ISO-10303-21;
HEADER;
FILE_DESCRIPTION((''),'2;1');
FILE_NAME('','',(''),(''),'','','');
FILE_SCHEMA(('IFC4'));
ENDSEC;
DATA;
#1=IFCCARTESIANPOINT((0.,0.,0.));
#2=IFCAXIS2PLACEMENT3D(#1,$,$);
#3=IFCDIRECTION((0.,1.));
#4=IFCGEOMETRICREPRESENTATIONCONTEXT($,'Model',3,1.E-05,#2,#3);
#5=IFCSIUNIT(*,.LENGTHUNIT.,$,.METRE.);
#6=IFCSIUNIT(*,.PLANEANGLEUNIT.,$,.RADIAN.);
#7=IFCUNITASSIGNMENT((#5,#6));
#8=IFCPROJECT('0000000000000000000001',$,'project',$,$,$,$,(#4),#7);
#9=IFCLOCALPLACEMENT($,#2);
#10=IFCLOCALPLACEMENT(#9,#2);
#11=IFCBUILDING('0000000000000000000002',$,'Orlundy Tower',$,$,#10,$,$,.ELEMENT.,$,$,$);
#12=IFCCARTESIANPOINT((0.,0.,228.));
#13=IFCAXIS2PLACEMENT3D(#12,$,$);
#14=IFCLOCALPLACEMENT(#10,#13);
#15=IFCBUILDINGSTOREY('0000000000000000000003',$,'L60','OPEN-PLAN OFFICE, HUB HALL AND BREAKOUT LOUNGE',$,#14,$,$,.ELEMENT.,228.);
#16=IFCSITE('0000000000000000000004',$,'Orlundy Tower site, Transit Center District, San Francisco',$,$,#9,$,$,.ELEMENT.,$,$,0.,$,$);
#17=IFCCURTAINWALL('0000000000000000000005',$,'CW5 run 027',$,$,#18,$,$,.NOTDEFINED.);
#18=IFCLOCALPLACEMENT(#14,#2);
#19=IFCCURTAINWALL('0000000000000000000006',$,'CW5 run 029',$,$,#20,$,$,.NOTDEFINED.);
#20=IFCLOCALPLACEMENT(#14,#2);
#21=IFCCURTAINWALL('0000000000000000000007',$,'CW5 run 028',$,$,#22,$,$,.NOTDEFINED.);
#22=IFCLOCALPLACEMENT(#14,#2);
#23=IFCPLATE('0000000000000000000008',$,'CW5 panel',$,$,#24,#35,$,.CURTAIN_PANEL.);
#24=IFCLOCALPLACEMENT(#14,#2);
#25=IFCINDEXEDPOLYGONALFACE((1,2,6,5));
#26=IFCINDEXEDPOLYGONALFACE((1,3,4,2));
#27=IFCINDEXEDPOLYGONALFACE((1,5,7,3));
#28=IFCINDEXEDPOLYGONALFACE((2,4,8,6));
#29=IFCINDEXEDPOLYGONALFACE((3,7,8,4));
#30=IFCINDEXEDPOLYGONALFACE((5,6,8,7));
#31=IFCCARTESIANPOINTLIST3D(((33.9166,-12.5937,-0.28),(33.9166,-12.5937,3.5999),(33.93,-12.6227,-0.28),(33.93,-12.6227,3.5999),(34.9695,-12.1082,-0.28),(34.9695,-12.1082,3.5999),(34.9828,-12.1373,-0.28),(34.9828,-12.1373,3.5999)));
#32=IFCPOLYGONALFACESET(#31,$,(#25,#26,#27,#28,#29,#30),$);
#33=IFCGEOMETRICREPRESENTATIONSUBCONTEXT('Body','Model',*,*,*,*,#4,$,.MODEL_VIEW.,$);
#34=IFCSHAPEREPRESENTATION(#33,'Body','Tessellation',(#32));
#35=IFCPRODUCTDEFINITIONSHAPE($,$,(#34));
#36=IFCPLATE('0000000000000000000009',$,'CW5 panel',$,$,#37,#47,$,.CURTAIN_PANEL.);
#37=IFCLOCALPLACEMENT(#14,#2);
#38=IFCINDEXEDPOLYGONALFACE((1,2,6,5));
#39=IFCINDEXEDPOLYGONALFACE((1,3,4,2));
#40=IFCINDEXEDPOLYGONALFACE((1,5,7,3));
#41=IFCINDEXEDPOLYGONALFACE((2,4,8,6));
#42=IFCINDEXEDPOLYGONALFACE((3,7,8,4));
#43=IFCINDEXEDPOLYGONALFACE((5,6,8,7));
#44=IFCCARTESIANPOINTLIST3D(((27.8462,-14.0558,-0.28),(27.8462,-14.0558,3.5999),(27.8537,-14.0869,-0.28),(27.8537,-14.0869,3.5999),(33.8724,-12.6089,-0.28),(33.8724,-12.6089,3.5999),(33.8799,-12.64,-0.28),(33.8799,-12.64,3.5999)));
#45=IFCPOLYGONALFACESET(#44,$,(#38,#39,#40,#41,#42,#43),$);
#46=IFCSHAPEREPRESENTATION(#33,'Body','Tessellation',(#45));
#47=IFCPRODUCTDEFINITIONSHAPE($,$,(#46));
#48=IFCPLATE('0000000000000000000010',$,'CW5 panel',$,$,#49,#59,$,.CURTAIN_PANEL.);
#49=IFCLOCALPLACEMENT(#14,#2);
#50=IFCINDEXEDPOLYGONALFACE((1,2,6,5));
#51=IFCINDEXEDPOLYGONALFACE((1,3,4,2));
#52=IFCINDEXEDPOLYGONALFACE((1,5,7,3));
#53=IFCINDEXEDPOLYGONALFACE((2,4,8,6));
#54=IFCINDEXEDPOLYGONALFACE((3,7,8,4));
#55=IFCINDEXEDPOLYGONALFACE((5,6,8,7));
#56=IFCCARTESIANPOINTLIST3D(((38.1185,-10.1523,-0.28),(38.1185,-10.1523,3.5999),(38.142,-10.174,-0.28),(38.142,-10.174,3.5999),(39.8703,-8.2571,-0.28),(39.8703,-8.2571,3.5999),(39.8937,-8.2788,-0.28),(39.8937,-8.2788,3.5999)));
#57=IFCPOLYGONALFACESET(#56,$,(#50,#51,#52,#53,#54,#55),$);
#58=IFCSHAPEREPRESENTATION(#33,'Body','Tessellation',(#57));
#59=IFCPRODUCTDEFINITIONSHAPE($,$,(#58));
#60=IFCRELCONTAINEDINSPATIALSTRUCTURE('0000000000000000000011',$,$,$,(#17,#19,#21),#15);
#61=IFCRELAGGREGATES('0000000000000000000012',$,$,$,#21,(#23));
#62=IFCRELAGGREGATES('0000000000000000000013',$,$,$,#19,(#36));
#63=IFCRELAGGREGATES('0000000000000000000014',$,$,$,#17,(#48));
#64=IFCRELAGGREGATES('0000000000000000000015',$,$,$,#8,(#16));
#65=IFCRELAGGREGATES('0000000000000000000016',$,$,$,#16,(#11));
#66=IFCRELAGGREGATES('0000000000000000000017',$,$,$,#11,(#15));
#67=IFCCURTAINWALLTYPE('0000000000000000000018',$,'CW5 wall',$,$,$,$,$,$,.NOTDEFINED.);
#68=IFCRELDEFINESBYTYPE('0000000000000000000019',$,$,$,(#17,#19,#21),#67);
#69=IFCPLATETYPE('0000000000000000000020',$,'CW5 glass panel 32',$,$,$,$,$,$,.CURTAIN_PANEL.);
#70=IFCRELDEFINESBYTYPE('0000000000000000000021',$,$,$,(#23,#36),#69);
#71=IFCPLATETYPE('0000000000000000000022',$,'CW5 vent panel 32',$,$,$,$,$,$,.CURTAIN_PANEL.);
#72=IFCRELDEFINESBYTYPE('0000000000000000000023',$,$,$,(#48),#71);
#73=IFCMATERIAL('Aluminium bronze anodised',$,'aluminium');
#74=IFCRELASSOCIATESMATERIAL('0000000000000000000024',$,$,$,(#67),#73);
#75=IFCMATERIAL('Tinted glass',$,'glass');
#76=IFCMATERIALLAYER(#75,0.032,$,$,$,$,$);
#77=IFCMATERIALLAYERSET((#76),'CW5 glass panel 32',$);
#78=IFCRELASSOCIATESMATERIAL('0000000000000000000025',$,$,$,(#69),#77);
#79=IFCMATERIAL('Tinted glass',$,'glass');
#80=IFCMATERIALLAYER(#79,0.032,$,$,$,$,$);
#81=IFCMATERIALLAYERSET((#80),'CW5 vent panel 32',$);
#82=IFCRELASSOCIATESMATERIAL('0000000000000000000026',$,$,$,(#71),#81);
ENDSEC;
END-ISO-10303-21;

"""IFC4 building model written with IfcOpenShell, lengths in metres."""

from ifc_helpers import new_model, si_unit, direction, frame, origin, origin_2d, place, context, subcontext, project, spatial, rectangle, extrude, material, layer, layer_set, type_object, element, aggregate, save


model = new_model("IFC4")

# Units and contexts
model_context = context("Model", 3, precision=1e-05, world=origin(), true_north=direction((0.0, 1.0)))
body_context = subcontext(model_context, "Body", "Model", "MODEL_VIEW")
ifc_project = project(units=[si_unit("LENGTHUNIT", "METRE"), si_unit("PLANEANGLEUNIT", "RADIAN")], contexts=[model_context])

# Site, building, storey
site_placement = place(None, origin())
site = spatial("IfcSite", under=ifc_project, at=site_placement, Name="Orlundy Tower site, Transit Center District, San Francisco", CompositionType="ELEMENT", RefElevation=0.0)
building_placement = place(site_placement, origin())
building = spatial("IfcBuilding", under=site, at=building_placement, Name="Orlundy Tower", CompositionType="ELEMENT")
storey_placement = place(building_placement, frame((0.0, 0.0, 228.0)))
storey = spatial("IfcBuildingStorey", under=building, at=storey_placement, Name="L60", Description="OPEN-PLAN OFFICE, HUB HALL AND BREAKOUT LOUNGE", CompositionType="ELEMENT", Elevation=228.0)

# Curtain walls
ifc_material_1 = material(Name="Aluminium bronze anodised", Category="aluminium")
curtain_wall_type = type_object("IfcCurtainWallType", Name="CW5 wall", PredefinedType="NOTDEFINED", material=ifc_material_1)
curtain_wall_1_placement = place(storey_placement, origin())
curtain_wall_1 = element("IfcCurtainWall", 1, at=curtain_wall_1_placement, inside=storey, type_object=curtain_wall_type, Name="CW5 run 027", PredefinedType="NOTDEFINED")
curtain_wall_2_placement = place(storey_placement, origin())
curtain_wall_2 = element("IfcCurtainWall", 2, at=curtain_wall_2_placement, inside=storey, type_object=curtain_wall_type, Name="CW5 run 029", PredefinedType="NOTDEFINED")

# Curtain wall
curtain_wall_3_placement = place(storey_placement, origin())
curtain_wall_3 = element("IfcCurtainWall", 3, at=curtain_wall_3_placement, inside=storey, type_object=curtain_wall_type, Name="CW5 run 028", PredefinedType="NOTDEFINED")

# Plates
ifc_material_2 = material(Name="Tinted glass", Category="glass")
ifc_layer_1 = layer(ifc_material_2, 0.032)
ifc_layer_set_1 = layer_set([ifc_layer_1], Name="CW5 glass panel 32")
plate_type_1 = type_object("IfcPlateType", Name="CW5 glass panel 32", PredefinedType="CURTAIN_PANEL", material=ifc_layer_set_1)
plate_1_placement = place(storey_placement, frame((34.4497, -12.3655, -0.28), z_axis=(0.0, 0.0, 1.0), x_axis=(-0.908117, -0.418716, 0.0)))
plate_1 = element("IfcPlate", 4, at=plate_1_placement, type_object=plate_type_1, Name="CW5 panel", PredefinedType="CURTAIN_PANEL", context=body_context, shape_type="SweptSolid", body=[
    extrude(rectangle(XDim=1.1594, YDim=0.032, at=origin_2d()), origin(), (0.0, 0.0, 1.0), 3.8799),
])
aggregate(curtain_wall_3, [plate_1])
plate_2_placement = place(storey_placement, frame((30.863, -13.3479, -0.28), z_axis=(0.0, 0.0, 1.0), x_axis=(-0.972363, -0.233473, 0.0)))
plate_2 = element("IfcPlate", 5, at=plate_2_placement, type_object=plate_type_1, Name="CW5 panel", PredefinedType="CURTAIN_PANEL", context=body_context, shape_type="SweptSolid", body=[
    extrude(rectangle(XDim=6.1975, YDim=0.032, at=origin_2d()), origin(), (0.0, 0.0, 1.0), 3.8799),
])
aggregate(curtain_wall_2, [plate_2])
ifc_material_3 = material(Name="Tinted glass", Category="glass")
ifc_layer_2 = layer(ifc_material_3, 0.032)
ifc_layer_set_2 = layer_set([ifc_layer_2], Name="CW5 vent panel 32")
plate_type_2 = type_object("IfcPlateType", Name="CW5 vent panel 32", PredefinedType="CURTAIN_PANEL", material=ifc_layer_set_2)
plate_3_placement = place(storey_placement, frame((39.0061, -9.2156, -0.28), z_axis=(0.0, 0.0, 1.0), x_axis=(-0.678773, -0.734348, 0.0)))
plate_3 = element("IfcPlate", 6, at=plate_3_placement, type_object=plate_type_2, Name="CW5 panel", PredefinedType="CURTAIN_PANEL", context=body_context, shape_type="SweptSolid", body=[
    extrude(rectangle(XDim=2.5808, YDim=0.032, at=origin_2d()), origin(), (0.0, 0.0, 1.0), 3.8799),
])
aggregate(curtain_wall_1, [plate_3])

save(model, "model.ifc")
